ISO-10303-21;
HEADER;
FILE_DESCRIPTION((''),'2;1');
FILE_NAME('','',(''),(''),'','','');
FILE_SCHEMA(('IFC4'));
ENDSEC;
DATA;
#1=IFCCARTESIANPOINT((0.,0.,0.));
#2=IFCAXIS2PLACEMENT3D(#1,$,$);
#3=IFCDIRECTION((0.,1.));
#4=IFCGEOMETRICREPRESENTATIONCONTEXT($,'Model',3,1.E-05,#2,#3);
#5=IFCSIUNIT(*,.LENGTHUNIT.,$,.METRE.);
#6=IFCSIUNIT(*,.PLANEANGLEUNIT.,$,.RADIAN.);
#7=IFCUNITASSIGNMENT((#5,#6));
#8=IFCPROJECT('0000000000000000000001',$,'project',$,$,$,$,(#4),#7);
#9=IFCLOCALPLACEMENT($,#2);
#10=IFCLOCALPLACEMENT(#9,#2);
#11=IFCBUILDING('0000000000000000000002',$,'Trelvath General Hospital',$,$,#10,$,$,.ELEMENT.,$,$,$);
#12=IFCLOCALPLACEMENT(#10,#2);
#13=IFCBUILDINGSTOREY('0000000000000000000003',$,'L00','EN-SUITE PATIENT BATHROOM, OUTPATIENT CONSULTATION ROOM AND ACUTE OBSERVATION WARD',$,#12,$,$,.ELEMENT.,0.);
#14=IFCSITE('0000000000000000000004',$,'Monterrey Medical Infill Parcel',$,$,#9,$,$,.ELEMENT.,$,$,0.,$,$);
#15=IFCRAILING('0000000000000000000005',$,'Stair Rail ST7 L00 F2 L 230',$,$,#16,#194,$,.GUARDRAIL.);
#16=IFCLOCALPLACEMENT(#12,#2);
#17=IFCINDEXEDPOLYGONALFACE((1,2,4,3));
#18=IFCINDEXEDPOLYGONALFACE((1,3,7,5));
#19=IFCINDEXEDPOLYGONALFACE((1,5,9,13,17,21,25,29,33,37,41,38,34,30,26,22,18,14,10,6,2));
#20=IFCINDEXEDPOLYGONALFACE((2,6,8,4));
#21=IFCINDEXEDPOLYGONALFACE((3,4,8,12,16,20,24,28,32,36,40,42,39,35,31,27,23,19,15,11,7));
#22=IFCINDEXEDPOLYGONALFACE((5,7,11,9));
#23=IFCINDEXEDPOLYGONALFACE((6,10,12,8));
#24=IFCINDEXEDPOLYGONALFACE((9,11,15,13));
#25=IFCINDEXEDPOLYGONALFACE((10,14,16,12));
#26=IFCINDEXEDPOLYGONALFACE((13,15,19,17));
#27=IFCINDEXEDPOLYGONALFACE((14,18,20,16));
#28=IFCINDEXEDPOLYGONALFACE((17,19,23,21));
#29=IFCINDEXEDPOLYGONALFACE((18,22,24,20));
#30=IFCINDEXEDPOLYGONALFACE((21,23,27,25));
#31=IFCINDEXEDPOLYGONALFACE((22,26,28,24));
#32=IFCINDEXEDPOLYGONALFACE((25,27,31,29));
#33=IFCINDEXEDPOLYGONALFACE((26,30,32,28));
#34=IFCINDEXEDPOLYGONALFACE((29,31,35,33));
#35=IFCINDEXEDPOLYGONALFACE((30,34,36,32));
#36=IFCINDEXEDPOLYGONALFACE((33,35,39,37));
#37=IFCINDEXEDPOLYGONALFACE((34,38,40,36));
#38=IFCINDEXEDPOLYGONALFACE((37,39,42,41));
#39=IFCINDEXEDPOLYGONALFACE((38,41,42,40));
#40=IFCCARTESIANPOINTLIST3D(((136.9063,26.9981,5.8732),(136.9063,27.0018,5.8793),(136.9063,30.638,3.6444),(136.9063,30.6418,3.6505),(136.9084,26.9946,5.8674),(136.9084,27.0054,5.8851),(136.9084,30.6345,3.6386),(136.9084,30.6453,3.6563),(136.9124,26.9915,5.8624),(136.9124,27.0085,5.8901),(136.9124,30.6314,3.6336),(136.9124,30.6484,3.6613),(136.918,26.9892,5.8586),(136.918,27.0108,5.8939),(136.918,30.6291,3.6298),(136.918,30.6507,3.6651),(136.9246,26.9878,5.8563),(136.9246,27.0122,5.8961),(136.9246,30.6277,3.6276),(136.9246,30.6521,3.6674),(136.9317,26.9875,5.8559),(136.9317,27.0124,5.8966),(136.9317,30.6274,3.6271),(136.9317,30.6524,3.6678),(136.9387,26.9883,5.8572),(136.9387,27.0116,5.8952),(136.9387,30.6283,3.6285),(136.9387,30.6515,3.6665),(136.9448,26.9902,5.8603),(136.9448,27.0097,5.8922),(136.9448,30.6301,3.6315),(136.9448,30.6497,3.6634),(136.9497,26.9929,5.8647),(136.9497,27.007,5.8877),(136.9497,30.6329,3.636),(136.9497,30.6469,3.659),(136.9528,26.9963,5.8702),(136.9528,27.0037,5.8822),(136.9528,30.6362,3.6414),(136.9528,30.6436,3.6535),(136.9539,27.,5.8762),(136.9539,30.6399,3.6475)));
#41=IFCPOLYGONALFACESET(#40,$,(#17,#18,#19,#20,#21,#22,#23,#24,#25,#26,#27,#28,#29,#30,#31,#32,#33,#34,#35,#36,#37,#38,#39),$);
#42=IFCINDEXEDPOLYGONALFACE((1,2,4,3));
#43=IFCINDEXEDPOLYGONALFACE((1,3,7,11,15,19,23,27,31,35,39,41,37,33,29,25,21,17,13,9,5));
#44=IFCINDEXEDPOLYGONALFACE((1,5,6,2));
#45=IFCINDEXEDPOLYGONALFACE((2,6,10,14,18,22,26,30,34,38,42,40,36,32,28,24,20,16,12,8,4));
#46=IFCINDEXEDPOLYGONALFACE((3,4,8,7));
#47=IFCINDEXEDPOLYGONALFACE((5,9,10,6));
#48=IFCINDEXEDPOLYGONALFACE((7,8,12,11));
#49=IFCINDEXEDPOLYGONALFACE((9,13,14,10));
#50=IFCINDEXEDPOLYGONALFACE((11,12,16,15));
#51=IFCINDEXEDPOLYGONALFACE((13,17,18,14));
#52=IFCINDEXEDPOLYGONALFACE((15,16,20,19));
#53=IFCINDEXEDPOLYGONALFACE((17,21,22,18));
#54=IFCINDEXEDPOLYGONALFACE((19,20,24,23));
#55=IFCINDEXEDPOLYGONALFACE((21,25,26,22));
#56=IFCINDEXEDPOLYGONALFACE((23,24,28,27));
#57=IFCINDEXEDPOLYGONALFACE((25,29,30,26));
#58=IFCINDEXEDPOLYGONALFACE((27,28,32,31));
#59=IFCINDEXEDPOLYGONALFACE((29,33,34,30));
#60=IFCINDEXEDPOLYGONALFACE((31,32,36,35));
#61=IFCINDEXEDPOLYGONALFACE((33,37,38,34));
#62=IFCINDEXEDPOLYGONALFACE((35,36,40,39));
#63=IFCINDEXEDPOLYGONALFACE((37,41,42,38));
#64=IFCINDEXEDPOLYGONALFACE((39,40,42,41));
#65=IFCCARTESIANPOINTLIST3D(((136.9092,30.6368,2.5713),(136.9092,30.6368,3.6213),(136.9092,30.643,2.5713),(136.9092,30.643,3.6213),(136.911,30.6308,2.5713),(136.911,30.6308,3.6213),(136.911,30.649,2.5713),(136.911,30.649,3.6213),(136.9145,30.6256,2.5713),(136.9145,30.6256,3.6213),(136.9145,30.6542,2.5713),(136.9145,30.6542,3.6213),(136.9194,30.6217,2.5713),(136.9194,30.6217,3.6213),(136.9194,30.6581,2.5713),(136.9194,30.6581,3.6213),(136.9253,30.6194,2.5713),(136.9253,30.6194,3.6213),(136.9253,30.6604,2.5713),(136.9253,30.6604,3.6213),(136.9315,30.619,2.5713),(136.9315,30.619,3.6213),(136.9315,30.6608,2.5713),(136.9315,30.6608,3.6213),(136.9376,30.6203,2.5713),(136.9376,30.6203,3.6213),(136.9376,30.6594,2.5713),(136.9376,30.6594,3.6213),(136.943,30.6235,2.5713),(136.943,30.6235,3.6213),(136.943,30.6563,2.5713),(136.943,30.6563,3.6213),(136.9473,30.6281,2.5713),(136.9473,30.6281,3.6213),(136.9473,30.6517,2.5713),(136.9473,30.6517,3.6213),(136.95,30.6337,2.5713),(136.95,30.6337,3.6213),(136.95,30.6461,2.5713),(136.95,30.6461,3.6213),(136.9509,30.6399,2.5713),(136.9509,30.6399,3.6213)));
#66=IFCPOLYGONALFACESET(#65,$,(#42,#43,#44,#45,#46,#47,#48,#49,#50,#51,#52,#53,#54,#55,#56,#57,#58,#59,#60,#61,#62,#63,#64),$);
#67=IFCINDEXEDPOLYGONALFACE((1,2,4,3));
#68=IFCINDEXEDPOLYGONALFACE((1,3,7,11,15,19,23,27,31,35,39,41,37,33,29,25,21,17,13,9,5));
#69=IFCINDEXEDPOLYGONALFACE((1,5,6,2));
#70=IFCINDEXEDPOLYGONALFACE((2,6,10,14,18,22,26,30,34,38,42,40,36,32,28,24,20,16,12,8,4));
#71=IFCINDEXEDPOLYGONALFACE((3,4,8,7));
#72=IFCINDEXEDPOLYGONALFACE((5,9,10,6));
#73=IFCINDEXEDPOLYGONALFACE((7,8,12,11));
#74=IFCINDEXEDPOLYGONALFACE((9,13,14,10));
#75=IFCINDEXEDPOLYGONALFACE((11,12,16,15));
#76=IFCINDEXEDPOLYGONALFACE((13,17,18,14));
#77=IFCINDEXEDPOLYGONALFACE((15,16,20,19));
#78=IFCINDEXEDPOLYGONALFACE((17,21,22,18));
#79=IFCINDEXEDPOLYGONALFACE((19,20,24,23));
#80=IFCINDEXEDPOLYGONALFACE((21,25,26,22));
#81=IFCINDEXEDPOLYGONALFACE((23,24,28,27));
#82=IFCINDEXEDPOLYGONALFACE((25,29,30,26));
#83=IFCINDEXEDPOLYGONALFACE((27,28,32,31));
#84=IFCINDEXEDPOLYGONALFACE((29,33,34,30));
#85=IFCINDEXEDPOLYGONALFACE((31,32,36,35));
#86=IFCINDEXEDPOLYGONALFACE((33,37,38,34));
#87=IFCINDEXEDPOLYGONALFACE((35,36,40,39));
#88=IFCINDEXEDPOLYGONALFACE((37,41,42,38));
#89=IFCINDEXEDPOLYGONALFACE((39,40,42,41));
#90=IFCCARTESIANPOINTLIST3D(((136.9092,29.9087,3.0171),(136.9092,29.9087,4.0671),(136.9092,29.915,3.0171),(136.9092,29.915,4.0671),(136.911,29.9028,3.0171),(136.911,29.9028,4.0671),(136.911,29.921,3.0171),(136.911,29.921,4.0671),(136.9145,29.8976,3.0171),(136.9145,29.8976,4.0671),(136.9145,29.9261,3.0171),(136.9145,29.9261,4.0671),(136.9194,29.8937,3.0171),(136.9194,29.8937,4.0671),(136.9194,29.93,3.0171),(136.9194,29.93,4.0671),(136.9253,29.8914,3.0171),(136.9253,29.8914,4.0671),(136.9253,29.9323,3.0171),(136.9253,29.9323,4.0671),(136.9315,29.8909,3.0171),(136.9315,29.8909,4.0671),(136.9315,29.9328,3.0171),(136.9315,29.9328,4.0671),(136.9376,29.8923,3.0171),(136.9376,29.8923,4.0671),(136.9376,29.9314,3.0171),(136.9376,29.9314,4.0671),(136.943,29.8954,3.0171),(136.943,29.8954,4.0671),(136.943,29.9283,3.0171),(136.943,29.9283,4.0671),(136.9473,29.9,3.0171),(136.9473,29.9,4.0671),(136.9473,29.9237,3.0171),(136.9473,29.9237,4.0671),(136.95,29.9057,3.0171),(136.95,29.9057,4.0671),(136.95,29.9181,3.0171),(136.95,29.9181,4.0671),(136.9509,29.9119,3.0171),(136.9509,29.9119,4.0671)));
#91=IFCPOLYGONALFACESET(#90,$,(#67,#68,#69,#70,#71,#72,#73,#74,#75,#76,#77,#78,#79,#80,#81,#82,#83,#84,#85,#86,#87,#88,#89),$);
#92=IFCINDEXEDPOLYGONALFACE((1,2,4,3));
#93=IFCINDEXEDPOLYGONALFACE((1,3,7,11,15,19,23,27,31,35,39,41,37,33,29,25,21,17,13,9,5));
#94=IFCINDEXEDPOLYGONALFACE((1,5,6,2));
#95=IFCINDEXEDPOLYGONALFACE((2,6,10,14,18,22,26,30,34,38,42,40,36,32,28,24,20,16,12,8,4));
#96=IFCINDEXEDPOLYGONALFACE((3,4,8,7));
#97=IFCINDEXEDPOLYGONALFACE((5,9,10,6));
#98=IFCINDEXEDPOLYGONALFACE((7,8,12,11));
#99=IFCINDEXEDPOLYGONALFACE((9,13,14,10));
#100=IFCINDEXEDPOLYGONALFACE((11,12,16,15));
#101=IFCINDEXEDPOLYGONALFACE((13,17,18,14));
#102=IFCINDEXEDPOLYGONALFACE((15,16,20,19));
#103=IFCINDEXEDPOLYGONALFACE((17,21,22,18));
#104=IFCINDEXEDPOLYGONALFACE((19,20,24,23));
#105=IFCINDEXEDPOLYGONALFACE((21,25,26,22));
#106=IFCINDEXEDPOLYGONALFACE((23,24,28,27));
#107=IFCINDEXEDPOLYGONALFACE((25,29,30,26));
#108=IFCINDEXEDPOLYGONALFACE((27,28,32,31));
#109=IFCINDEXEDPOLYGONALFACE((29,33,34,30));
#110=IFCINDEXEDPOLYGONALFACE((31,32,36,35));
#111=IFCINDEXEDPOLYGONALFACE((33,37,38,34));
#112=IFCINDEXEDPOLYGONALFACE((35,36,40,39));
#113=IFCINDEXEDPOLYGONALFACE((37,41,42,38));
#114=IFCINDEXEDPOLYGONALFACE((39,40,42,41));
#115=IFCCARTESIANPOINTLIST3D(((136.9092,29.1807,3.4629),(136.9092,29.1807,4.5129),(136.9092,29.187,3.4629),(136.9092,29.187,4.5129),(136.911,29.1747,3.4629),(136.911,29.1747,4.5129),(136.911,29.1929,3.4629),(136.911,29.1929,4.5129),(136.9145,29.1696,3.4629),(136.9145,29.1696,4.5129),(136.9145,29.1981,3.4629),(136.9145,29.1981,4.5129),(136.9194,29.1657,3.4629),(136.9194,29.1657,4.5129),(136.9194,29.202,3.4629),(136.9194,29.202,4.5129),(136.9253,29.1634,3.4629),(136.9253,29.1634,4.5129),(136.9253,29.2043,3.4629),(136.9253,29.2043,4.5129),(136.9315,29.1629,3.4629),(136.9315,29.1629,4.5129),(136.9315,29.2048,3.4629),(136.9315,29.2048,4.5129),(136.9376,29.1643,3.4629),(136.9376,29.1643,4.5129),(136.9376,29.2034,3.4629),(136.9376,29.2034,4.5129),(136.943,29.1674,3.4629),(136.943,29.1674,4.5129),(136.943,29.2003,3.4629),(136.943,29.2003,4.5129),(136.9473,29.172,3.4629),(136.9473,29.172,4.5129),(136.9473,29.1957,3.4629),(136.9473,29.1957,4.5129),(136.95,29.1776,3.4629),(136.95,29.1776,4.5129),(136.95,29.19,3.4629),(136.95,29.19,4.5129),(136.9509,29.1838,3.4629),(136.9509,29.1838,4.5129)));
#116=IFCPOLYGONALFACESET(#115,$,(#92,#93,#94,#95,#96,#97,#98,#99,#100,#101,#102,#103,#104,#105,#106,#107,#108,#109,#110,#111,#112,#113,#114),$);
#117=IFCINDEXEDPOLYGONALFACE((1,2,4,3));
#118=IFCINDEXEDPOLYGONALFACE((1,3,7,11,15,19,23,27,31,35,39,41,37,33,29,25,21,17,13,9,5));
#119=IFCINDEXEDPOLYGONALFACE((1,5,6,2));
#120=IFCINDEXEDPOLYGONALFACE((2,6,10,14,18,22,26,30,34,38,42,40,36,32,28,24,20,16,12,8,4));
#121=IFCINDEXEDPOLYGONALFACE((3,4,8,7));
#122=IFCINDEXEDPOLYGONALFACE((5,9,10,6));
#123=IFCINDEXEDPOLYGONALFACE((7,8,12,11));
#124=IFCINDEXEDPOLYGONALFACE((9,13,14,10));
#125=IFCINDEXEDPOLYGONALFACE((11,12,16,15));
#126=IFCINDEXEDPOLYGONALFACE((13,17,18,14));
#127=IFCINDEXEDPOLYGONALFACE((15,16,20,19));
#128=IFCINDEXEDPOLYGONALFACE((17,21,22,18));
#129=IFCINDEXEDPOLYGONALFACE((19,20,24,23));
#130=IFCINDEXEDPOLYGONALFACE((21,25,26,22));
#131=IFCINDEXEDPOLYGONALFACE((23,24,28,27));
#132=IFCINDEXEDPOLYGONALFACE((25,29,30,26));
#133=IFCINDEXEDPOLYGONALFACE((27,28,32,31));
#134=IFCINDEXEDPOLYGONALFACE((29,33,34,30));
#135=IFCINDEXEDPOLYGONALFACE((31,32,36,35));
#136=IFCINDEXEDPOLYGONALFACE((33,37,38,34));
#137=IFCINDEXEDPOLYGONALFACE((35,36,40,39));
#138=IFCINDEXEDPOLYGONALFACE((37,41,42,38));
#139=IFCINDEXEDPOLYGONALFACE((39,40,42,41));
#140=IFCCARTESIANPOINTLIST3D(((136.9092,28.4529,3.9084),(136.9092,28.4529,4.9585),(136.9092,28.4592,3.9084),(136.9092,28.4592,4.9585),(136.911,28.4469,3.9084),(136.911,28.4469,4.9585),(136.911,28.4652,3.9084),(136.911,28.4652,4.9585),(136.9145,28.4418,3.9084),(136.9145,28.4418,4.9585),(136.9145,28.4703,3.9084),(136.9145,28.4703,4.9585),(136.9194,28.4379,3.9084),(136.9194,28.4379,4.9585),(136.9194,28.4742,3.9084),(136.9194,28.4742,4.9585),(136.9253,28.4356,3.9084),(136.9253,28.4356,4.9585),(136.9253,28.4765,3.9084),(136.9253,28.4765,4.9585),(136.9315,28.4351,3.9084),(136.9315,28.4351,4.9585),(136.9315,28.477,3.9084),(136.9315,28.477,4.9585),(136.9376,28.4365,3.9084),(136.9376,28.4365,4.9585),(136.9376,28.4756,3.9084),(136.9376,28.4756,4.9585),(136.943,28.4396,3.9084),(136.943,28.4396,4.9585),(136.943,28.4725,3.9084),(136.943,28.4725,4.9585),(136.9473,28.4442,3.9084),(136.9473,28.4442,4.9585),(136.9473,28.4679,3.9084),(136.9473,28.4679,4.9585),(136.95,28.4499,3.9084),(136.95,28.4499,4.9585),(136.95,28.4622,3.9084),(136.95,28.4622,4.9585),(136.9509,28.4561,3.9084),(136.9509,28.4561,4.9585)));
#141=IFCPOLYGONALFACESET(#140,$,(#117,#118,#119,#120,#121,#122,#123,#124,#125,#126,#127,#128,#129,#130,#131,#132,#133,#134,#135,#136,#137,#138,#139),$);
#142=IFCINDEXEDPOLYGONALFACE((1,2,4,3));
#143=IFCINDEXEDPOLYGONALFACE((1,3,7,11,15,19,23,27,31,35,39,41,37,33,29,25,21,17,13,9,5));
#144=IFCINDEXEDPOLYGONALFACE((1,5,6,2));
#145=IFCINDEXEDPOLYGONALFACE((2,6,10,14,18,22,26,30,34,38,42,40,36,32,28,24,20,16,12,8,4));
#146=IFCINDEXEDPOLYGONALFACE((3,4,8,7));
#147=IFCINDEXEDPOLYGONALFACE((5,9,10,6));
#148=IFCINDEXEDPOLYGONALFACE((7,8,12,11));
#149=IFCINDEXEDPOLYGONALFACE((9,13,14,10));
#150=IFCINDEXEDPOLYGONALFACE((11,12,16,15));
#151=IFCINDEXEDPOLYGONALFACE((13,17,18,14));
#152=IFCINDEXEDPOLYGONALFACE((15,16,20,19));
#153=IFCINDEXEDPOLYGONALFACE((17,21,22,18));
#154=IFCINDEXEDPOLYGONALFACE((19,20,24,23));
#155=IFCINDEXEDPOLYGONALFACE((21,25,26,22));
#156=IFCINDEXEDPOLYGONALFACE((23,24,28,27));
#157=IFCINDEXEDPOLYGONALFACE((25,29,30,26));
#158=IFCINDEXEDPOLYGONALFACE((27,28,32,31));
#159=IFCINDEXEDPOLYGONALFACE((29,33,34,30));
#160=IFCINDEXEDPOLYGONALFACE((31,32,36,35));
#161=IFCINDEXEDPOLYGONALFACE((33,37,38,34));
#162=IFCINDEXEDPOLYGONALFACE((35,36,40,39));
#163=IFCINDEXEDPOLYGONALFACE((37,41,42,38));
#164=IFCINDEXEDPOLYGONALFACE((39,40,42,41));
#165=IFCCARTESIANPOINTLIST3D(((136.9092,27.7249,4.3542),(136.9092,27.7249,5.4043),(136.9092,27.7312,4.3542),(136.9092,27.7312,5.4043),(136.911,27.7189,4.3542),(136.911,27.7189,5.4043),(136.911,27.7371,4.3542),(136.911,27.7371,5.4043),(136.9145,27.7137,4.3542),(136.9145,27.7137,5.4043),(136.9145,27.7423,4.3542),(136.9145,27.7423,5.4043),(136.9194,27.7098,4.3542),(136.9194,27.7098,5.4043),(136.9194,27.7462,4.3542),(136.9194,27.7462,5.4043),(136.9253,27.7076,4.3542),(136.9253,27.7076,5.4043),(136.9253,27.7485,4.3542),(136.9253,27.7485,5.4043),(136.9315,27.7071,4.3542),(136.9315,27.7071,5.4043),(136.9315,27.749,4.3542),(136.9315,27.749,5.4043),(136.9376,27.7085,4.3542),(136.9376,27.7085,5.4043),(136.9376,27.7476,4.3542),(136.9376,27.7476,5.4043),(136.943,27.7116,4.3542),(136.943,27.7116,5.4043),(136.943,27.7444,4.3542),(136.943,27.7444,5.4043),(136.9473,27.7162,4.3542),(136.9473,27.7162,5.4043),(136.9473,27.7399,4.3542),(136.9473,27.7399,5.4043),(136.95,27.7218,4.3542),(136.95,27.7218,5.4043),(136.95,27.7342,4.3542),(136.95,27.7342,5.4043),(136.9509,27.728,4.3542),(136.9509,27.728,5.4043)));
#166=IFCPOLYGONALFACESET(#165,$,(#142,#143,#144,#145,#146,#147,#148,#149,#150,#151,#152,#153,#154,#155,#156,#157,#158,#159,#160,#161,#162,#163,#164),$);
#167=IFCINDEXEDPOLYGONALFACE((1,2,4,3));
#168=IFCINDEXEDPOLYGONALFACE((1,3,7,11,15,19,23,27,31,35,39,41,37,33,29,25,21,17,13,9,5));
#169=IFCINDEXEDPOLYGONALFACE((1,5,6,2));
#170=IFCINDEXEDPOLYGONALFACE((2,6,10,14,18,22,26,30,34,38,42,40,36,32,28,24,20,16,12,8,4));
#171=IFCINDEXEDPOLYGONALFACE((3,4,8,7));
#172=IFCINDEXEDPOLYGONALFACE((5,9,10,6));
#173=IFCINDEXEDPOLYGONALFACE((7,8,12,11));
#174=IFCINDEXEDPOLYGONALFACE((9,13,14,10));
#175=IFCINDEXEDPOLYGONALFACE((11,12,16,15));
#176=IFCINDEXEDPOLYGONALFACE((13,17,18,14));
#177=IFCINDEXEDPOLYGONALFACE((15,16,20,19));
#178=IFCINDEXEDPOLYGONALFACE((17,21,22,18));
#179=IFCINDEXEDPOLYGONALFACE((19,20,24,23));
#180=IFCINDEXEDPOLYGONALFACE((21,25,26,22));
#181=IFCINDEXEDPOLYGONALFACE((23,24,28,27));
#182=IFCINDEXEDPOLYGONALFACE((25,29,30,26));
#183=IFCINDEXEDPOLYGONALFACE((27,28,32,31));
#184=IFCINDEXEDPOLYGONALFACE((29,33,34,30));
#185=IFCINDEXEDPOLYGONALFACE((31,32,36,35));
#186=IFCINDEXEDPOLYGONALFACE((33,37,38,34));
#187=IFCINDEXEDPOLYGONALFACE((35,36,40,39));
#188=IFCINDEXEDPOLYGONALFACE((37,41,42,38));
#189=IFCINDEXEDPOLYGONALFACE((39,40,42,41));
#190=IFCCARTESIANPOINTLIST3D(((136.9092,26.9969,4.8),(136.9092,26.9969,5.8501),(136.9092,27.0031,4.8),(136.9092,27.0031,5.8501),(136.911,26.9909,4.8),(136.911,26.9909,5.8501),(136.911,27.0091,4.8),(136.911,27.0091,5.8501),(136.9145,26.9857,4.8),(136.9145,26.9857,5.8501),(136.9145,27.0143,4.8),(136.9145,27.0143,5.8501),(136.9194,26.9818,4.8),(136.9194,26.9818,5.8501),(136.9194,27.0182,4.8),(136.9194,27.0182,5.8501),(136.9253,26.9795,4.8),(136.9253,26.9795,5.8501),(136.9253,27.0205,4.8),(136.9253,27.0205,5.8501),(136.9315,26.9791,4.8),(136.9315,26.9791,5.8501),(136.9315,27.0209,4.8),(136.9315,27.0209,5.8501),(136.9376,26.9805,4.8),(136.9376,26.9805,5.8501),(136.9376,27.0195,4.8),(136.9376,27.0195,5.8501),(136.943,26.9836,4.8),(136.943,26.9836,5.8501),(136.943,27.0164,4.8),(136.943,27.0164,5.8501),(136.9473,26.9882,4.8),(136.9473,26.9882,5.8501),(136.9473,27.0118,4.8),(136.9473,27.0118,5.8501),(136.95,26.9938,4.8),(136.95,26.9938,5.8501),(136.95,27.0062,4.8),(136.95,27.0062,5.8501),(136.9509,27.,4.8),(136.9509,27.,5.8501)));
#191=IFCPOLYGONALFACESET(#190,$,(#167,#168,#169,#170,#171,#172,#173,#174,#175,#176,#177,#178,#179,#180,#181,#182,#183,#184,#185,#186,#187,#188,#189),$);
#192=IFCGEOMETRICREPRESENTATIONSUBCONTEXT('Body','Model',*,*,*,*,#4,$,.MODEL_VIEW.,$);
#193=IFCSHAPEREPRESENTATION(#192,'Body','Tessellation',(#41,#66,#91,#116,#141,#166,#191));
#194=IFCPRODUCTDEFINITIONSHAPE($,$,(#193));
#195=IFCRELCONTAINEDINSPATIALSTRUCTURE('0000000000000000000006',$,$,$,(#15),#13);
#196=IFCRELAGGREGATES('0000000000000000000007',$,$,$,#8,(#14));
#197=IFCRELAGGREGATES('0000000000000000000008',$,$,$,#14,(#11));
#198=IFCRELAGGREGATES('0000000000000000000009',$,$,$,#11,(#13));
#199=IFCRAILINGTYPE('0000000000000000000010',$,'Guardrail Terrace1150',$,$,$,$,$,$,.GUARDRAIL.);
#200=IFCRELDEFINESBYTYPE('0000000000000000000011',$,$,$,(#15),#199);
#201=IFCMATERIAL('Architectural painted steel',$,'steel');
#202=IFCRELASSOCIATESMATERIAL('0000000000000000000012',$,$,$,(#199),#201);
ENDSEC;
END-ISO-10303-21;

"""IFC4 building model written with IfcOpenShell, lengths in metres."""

from ifc_helpers import new_model, si_unit, direction, frame, origin, origin_2d, place, context, subcontext, project, spatial, circle, extrude, material, type_object, element, save


model = new_model("IFC4")

# Units and contexts
model_context = context("Model", 3, precision=1e-05, world=origin(), true_north=direction((0.0, 1.0)))
body_context = subcontext(model_context, "Body", "Model", "MODEL_VIEW")
ifc_project = project(units=[si_unit("LENGTHUNIT", "METRE"), si_unit("PLANEANGLEUNIT", "RADIAN")], contexts=[model_context])

# Site, building, storey
site_placement = place(None, origin())
site = spatial("IfcSite", under=ifc_project, at=site_placement, Name="Monterrey Medical Infill Parcel", CompositionType="ELEMENT", RefElevation=0.0)
building_placement = place(site_placement, origin())
building = spatial("IfcBuilding", under=site, at=building_placement, Name="Trelvath General Hospital", CompositionType="ELEMENT")
storey_placement = place(building_placement, origin())
storey = spatial("IfcBuildingStorey", under=building, at=storey_placement, Name="L00", Description="EN-SUITE PATIENT BATHROOM, OUTPATIENT CONSULTATION ROOM AND ACUTE OBSERVATION WARD", CompositionType="ELEMENT", Elevation=0.0)

# Railing
ifc_material_1 = material(Name="Architectural painted steel", Category="steel")
railing_type_1 = type_object("IfcRailingType", Name="Guardrail Terrace1150", PredefinedType="GUARDRAIL", material=ifc_material_1)
railing_1_placement = place(storey_placement, frame((136.9299, 30.6399, 2.5713)))
element("IfcRailing", 1, at=railing_1_placement, inside=storey, type_object=railing_type_1, Name="Stair Rail ST7 L00 F2 L 230", PredefinedType="GUARDRAIL", context=body_context, shape_type="SweptSolid", body=[
    extrude(circle(Radius=0.0239, at=origin_2d()), frame((0.0, 0.0, 1.0762), z_axis=(0.0, -0.852825, 0.522197), x_axis=(1.0, 0.0, 0.0)), (0.0, 0.0, 1.0), 4.2681),
    extrude(circle(Radius=0.021, at=origin_2d()), origin(), (0.0, 0.0, 1.0), 1.05),
    extrude(circle(Radius=0.021, at=origin_2d()), frame((0.0, -0.728, 0.4458)), (0.0, 0.0, 1.0), 1.05),
    extrude(circle(Radius=0.021, at=origin_2d()), frame((0.0, -1.4561, 0.8916)), (0.0, 0.0, 1.0), 1.05),
    extrude(circle(Radius=0.021, at=origin_2d()), frame((0.0, -2.1838, 1.3372)), (0.0, 0.0, 1.0), 1.05),
    extrude(circle(Radius=0.021, at=origin_2d()), frame((0.0, -2.9119, 1.783)), (0.0, 0.0, 1.0), 1.05),
    extrude(circle(Radius=0.021, at=origin_2d()), frame((0.0, -3.6399, 2.2288)), (0.0, 0.0, 1.0), 1.05),
])

save(model, "model.ifc")
